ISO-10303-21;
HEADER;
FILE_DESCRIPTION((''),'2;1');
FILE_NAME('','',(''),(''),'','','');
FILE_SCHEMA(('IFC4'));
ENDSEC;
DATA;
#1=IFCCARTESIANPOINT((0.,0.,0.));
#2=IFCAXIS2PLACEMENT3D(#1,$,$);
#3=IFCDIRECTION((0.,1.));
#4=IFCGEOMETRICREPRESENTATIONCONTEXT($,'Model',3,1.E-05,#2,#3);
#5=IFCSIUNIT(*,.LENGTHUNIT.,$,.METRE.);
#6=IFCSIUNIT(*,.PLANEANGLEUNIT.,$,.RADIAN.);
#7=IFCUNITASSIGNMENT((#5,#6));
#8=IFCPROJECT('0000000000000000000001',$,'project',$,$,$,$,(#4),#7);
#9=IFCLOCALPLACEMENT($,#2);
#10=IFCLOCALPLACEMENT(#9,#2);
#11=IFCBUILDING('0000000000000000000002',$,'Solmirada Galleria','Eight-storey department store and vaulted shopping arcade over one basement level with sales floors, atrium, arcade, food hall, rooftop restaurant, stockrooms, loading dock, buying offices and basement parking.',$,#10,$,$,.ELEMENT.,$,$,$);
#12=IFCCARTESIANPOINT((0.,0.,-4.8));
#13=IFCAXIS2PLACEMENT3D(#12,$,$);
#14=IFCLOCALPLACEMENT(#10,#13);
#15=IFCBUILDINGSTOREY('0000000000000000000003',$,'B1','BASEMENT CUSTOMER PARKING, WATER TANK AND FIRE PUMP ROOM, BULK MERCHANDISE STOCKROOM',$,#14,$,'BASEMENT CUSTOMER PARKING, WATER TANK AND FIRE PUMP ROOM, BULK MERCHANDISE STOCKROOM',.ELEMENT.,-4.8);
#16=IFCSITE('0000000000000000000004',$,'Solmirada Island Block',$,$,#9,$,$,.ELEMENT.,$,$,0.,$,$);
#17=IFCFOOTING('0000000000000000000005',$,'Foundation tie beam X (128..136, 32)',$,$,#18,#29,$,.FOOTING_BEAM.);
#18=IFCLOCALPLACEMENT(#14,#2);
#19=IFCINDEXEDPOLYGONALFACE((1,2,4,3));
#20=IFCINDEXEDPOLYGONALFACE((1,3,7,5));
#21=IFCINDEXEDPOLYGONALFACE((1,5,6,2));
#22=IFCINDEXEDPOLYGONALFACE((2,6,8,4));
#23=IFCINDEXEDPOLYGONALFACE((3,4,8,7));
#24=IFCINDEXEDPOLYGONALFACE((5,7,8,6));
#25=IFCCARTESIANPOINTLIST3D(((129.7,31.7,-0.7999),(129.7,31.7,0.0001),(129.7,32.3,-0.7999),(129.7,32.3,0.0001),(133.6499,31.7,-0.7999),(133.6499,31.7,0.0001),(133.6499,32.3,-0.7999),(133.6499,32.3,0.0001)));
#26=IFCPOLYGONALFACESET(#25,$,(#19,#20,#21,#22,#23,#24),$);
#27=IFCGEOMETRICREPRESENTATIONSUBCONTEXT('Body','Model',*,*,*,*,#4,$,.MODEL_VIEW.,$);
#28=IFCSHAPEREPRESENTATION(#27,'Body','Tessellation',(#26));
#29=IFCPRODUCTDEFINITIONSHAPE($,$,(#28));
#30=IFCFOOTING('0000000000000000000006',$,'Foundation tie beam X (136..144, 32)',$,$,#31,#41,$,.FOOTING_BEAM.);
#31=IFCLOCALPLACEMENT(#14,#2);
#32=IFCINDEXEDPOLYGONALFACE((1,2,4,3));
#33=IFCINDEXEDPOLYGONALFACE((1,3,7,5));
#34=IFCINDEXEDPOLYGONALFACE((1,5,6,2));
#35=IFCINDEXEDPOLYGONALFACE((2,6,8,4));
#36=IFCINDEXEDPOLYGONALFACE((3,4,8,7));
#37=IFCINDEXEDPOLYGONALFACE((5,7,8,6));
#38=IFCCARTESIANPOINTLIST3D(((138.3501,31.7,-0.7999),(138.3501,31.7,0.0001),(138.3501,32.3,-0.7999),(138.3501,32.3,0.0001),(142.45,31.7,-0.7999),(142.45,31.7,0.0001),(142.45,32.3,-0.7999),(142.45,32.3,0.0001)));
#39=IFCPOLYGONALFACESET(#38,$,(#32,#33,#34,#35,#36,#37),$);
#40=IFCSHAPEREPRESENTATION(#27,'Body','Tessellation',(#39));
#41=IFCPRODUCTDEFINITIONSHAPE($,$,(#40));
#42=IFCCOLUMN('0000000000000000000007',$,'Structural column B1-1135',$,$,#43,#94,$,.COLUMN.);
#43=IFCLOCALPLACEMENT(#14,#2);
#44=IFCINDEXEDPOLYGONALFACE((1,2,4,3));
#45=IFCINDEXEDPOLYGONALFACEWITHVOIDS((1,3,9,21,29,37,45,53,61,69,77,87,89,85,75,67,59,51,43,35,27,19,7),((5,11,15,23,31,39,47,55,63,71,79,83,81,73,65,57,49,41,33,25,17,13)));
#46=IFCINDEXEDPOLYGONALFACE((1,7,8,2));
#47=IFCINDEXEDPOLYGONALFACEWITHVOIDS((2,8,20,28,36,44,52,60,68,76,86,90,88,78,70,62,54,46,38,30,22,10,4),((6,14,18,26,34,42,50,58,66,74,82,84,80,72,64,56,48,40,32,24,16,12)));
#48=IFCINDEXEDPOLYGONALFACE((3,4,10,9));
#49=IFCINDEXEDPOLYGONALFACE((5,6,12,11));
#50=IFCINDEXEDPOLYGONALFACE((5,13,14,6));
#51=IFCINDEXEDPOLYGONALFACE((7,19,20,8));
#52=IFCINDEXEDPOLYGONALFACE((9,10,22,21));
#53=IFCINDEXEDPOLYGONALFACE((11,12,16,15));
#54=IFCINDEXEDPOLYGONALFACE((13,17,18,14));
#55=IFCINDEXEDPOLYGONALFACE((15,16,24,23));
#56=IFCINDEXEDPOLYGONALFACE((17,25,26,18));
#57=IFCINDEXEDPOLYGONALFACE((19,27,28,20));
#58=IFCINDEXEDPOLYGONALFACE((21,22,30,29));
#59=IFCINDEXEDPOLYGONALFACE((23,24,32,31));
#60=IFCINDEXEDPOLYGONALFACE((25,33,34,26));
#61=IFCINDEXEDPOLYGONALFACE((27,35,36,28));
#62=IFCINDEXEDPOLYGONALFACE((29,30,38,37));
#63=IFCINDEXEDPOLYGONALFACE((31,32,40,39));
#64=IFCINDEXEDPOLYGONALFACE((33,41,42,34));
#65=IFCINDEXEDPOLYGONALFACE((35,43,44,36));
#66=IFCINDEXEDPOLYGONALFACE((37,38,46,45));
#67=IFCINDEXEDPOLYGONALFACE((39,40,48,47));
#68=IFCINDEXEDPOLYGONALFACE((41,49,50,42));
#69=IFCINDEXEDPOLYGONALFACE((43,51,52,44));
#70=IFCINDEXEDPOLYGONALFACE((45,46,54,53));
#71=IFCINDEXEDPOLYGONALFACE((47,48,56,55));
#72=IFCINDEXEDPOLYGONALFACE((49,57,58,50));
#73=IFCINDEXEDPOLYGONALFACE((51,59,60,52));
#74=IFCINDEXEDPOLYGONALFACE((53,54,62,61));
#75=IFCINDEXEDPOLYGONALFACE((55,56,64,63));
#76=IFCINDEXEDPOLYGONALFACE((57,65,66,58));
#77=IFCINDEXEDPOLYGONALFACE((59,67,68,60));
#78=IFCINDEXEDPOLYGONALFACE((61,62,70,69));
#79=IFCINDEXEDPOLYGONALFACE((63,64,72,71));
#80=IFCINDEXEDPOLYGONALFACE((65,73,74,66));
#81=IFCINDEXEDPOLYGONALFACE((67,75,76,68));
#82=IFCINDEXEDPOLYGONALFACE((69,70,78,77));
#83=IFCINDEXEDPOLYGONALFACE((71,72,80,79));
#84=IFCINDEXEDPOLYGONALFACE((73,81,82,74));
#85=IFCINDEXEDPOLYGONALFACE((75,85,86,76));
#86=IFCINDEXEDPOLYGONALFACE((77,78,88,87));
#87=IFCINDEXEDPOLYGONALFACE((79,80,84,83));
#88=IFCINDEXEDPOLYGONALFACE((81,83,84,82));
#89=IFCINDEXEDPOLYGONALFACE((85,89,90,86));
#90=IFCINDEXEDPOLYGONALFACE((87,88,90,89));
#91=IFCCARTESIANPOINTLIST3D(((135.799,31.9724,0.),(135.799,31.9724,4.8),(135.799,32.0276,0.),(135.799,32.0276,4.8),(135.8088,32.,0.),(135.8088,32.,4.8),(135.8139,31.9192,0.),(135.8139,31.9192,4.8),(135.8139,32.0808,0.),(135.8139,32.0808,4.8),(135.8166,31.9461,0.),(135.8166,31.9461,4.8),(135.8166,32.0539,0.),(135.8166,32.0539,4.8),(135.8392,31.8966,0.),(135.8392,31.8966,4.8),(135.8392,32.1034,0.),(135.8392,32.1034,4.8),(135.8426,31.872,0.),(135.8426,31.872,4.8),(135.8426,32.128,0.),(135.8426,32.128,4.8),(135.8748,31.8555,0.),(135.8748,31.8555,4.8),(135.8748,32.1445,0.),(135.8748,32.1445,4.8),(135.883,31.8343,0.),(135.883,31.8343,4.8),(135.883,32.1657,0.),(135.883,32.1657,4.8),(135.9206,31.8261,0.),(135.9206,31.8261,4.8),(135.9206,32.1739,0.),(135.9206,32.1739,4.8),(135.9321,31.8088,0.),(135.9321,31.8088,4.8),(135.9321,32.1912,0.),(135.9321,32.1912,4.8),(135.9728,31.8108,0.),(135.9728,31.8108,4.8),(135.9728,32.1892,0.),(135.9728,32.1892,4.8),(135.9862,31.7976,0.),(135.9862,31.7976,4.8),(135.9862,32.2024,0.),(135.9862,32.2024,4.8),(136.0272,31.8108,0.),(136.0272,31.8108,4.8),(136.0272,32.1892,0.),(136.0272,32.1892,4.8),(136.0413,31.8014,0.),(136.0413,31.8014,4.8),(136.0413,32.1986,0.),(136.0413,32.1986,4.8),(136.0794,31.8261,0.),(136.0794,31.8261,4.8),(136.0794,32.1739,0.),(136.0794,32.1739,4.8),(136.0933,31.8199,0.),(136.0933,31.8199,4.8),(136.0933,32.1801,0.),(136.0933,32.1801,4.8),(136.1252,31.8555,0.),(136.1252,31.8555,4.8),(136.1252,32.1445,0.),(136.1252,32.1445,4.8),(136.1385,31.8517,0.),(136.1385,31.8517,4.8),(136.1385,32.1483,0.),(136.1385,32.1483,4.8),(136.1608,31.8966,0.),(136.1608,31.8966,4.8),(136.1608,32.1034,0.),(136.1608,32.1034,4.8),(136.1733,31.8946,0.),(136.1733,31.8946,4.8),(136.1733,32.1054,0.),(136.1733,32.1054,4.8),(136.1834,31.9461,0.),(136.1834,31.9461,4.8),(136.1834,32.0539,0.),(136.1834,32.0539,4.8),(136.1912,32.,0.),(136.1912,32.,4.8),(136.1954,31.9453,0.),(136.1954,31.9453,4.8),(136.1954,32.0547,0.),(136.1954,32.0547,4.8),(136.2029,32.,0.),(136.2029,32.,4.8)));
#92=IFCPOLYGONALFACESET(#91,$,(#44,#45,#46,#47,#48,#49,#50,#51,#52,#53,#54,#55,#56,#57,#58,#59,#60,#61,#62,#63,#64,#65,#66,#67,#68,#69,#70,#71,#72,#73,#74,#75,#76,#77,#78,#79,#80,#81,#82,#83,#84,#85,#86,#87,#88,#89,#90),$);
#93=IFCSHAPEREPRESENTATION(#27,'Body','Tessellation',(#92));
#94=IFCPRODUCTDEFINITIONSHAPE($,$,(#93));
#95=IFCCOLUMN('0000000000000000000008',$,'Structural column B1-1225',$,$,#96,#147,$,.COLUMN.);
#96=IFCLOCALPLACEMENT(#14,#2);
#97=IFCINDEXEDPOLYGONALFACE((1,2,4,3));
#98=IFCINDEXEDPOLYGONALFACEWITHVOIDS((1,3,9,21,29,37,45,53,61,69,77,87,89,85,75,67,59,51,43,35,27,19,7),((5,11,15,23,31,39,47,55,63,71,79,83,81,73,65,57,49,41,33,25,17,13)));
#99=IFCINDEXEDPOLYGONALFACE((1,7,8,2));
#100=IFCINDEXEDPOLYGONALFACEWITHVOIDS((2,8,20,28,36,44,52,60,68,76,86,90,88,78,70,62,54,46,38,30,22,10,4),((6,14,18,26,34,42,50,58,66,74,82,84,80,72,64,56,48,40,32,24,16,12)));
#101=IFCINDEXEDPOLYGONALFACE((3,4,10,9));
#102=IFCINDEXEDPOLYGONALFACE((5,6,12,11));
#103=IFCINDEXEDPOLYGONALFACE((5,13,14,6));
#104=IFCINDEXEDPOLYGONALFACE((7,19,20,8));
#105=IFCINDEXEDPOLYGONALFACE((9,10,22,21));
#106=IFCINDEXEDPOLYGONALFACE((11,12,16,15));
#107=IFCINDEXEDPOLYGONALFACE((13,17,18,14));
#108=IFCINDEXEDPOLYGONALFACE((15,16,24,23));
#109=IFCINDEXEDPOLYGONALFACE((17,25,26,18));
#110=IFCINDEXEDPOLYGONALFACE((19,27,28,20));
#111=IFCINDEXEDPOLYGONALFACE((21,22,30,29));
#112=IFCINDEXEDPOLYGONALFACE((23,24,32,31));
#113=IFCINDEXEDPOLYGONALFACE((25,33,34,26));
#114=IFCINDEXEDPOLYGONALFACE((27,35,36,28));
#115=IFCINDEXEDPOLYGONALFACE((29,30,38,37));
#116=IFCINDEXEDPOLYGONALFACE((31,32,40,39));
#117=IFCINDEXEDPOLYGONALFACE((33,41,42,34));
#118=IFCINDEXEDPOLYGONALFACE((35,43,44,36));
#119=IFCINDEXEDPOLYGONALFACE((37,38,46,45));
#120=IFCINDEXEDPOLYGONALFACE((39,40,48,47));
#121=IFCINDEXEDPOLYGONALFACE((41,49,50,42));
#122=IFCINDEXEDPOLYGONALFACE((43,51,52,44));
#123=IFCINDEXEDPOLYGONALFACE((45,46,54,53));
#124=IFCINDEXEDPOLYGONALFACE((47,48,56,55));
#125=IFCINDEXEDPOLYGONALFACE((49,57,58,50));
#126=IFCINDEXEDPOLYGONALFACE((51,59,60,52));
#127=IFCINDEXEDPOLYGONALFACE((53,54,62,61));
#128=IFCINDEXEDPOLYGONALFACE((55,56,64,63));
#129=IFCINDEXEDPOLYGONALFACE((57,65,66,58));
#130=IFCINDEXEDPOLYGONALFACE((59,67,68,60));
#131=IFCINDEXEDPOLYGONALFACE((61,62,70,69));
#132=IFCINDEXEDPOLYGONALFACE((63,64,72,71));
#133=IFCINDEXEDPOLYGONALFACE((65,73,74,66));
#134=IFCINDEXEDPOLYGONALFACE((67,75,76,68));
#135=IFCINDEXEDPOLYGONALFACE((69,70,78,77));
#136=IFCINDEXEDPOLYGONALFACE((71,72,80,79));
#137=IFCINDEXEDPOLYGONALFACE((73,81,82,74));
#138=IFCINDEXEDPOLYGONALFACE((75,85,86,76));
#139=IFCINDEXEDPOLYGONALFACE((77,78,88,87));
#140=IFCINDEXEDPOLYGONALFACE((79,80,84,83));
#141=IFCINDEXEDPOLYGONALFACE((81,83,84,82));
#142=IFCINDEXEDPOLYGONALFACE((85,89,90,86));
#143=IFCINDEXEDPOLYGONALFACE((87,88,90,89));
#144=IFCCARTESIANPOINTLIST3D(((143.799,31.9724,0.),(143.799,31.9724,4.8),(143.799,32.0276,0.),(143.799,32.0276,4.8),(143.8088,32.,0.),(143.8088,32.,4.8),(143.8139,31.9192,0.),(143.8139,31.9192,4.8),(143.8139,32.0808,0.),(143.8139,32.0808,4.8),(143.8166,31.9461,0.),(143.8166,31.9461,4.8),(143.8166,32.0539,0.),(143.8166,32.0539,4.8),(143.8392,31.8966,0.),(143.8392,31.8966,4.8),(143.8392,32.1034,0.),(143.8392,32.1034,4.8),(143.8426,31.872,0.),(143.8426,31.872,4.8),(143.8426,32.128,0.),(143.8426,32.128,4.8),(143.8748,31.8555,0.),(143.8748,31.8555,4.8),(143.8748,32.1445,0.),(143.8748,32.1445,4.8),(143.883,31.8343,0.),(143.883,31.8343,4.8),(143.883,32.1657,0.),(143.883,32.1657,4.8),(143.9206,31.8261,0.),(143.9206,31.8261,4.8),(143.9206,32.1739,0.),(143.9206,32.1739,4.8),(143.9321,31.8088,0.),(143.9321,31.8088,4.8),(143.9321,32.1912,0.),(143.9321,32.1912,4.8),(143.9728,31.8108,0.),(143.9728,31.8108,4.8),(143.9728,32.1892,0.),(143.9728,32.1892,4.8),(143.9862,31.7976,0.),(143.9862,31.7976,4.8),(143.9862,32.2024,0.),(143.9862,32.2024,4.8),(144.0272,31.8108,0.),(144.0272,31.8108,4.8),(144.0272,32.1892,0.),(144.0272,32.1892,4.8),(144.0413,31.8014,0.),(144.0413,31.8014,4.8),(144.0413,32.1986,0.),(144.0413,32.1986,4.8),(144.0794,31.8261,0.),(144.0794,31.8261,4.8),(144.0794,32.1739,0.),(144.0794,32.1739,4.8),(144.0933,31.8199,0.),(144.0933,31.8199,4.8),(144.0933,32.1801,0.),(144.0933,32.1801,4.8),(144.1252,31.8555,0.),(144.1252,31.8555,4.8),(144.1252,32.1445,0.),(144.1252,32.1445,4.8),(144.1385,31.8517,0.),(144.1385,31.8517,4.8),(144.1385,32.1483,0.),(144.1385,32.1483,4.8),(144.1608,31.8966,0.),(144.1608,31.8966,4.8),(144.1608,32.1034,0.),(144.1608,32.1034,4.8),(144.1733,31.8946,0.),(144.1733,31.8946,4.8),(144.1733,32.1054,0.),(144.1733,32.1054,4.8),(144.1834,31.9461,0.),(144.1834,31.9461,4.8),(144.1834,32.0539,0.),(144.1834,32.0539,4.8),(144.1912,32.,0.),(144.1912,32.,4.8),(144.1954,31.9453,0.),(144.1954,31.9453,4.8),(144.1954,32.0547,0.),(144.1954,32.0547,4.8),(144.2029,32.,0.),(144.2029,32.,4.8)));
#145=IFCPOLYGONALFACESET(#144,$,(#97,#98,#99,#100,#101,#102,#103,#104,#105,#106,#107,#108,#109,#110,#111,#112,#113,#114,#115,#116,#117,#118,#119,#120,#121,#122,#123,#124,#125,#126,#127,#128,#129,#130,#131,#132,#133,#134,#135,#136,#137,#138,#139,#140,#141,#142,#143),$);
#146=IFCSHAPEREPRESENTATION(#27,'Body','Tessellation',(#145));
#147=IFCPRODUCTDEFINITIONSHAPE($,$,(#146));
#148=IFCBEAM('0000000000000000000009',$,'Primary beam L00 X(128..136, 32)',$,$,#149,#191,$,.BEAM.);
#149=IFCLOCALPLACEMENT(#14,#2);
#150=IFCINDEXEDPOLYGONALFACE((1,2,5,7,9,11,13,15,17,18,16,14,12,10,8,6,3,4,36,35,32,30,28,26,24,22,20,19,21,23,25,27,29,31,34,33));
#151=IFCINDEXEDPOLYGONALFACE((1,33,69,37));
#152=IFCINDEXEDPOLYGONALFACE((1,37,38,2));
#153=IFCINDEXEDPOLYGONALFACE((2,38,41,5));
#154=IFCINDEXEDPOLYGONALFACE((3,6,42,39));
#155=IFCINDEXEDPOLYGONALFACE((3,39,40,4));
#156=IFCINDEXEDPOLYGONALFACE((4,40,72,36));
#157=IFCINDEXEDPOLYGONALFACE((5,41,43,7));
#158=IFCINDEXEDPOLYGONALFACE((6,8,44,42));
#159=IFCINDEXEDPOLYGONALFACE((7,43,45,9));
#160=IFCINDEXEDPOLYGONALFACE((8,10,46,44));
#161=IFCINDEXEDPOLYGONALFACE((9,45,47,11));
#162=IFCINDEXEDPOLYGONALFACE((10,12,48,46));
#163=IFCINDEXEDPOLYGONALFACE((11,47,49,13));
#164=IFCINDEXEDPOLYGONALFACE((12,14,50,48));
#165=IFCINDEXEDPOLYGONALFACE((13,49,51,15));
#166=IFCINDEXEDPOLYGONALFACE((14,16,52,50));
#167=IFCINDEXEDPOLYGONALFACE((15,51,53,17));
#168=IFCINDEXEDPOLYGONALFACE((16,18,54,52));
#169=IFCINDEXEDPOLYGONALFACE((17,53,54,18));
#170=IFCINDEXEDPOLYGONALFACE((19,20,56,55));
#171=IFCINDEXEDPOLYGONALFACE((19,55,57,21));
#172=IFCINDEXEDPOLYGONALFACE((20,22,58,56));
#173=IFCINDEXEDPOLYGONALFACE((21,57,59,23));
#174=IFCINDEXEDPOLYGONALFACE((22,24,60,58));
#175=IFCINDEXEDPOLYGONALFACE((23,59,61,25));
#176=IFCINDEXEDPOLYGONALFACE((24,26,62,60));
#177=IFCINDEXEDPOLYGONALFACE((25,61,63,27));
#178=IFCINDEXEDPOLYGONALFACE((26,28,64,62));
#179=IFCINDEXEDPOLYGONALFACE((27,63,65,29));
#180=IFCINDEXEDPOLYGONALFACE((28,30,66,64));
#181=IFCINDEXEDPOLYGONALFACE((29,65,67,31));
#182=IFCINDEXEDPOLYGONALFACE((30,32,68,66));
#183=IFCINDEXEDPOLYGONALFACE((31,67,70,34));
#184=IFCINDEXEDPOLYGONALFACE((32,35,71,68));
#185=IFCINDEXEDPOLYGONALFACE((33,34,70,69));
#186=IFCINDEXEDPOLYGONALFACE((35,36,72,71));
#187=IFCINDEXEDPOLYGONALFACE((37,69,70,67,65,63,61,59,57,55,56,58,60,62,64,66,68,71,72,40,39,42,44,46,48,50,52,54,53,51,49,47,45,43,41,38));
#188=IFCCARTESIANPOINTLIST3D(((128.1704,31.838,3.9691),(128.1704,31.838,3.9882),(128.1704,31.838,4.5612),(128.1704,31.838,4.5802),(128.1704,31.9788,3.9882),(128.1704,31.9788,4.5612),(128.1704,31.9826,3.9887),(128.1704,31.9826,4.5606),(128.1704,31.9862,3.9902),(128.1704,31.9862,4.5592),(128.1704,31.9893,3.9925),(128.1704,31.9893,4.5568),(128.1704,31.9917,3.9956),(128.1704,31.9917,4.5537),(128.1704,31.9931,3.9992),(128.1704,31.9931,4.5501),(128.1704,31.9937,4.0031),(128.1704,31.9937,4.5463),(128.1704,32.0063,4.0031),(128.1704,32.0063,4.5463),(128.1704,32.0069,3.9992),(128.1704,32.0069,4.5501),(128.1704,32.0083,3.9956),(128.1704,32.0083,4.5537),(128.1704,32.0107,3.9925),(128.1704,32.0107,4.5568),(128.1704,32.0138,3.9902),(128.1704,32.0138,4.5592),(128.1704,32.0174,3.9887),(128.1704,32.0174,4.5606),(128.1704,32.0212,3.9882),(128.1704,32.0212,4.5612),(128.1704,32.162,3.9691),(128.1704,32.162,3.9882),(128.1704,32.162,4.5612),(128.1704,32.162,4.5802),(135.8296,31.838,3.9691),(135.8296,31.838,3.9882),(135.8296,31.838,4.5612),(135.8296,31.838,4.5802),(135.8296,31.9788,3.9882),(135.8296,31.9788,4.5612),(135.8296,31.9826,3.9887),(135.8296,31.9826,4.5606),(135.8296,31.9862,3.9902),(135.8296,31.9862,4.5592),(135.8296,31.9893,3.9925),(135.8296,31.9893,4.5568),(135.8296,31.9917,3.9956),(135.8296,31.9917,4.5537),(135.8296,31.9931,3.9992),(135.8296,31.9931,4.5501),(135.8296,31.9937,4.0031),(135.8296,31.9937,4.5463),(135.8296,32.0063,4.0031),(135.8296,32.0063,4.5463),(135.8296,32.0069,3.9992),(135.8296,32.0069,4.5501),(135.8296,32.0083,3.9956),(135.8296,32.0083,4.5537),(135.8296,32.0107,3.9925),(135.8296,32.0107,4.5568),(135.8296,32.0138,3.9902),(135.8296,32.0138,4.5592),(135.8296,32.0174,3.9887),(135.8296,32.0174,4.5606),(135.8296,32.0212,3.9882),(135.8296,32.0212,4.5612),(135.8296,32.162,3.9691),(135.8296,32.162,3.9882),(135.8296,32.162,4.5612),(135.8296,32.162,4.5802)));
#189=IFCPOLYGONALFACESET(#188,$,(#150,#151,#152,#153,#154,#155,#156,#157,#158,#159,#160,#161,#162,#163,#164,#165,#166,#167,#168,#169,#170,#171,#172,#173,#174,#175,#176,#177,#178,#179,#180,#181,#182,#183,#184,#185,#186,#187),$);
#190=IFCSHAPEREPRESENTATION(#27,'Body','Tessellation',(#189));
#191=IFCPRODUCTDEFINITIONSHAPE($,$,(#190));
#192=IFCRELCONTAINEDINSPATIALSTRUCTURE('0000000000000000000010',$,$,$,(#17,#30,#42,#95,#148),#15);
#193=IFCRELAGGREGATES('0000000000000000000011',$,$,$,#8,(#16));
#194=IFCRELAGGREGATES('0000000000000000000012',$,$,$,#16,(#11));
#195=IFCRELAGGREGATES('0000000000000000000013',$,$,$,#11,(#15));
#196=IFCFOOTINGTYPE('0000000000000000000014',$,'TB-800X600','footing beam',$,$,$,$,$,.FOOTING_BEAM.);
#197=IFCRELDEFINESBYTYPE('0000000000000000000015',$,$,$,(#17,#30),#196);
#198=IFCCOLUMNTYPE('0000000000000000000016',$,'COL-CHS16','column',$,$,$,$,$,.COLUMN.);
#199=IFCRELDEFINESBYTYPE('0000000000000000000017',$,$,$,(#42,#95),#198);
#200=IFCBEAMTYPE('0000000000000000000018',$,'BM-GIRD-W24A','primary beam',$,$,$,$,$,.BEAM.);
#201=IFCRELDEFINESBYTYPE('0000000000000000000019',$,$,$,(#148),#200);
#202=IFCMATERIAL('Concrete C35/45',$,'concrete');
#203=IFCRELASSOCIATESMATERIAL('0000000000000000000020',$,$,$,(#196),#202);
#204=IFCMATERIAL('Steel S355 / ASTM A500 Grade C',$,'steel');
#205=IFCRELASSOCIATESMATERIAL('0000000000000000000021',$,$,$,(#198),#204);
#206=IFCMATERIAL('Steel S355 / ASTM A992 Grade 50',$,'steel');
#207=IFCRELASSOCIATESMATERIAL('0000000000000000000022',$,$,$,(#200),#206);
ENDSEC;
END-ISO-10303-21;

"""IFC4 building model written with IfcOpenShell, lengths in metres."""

from ifc_helpers import new_model, si_unit, direction, frame, origin, origin_2d, place, context, subcontext, project, spatial, rectangle, hollow_circle, i_section, extrude, material, material_profile, profile_set, type_object, element, save


model = new_model("IFC4")

# Units and contexts
model_context = context("Model", 3, precision=1e-05, world=origin(), true_north=direction((0.0, 1.0)))
body_context = subcontext(model_context, "Body", "Model", "MODEL_VIEW")
ifc_project = project(units=[si_unit("LENGTHUNIT", "METRE"), si_unit("PLANEANGLEUNIT", "RADIAN")], contexts=[model_context])

# Site, building, storey
site_placement = place(None, origin())
site = spatial("IfcSite", under=ifc_project, at=site_placement, Name="Solmirada Island Block", CompositionType="ELEMENT", RefElevation=0.0)
building_placement = place(site_placement, origin())
building = spatial("IfcBuilding", under=site, at=building_placement, Name="Solmirada Galleria", Description="Eight-storey department store and vaulted shopping arcade over one basement level with sales floors, atrium, arcade, food hall, rooftop restaurant, stockrooms, loading dock, buying offices and basement parking.", CompositionType="ELEMENT")
storey_placement = place(building_placement, frame((0.0, 0.0, -4.8)))
storey = spatial("IfcBuildingStorey", under=building, at=storey_placement, Name="B1", Description="BASEMENT CUSTOMER PARKING, WATER TANK AND FIRE PUMP ROOM, BULK MERCHANDISE STOCKROOM", LongName="BASEMENT CUSTOMER PARKING, WATER TANK AND FIRE PUMP ROOM, BULK MERCHANDISE STOCKROOM", CompositionType="ELEMENT", Elevation=-4.8)

# Shared definitions
ifc_material_1 = material(Name="Concrete C35/45", Category="concrete")

# Footings
ifc_material_profile_1 = material_profile(ifc_material_1, rectangle(XDim=0.6001, YDim=0.8, at=origin_2d()), Name="RC800X600")
ifc_profile_set_1 = profile_set([ifc_material_profile_1], Name="Concrete C35/45")
footing_type_1 = type_object("IfcFootingType", Name="TB-800X600", Description="footing beam", PredefinedType="FOOTING_BEAM", material=ifc_profile_set_1)
footing_1_placement = place(storey_placement, frame((129.7, 32.0, -0.3999), z_axis=(1.0, 0.0, 0.0), x_axis=(0.0, 1.0, 0.0)))
element("IfcFooting", 1, at=footing_1_placement, inside=storey, type_object=footing_type_1, Name="Foundation tie beam X (128..136, 32)", PredefinedType="FOOTING_BEAM", context=body_context, shape_type="SweptSolid", body=[
    extrude(rectangle(XDim=0.6001, YDim=0.8, at=origin_2d()), origin(), (0.0, 0.0, 1.0), 3.95),
])
footing_2_placement = place(storey_placement, frame((138.3501, 32.0, -0.3999), z_axis=(1.0, 0.0, 0.0), x_axis=(0.0, 1.0, 0.0)))
element("IfcFooting", 2, at=footing_2_placement, inside=storey, type_object=footing_type_1, Name="Foundation tie beam X (136..144, 32)", PredefinedType="FOOTING_BEAM", context=body_context, shape_type="SweptSolid", body=[
    extrude(rectangle(XDim=0.6001, YDim=0.8, at=origin_2d()), origin(), (0.0, 0.0, 1.0), 4.0999),
])

# Columns
ifc_material_2 = material(Name="Steel S355 / ASTM A500 Grade C", Category="steel")
ifc_material_profile_2 = material_profile(ifc_material_2, hollow_circle(Radius=0.2029, WallThickness=0.0117, at=origin_2d()), Name="HSS16.000X0.500")
ifc_profile_set_2 = profile_set([ifc_material_profile_2], Name="Steel S355 / ASTM A500 Grade C")
column_type = type_object("IfcColumnType", Name="COL-CHS16", Description="column", PredefinedType="COLUMN", material=ifc_profile_set_2)
for number, where, z_axis, x_axis, name in (
    (3, (136.0, 32.0, 0.0), (0.0, 0.0, 1.0), (1.0, 0.0, 0.0), "Structural column B1-1135"),
    (4, (144.0, 32.0, 0.0), (0.0, 0.0, 1.0), (1.0, 0.0, 0.0), "Structural column B1-1225"),
):
    element("IfcColumn", number, at=place(storey_placement, frame(where, z_axis=z_axis, x_axis=x_axis)), inside=storey, type_object=column_type, Name=name, PredefinedType="COLUMN", context=body_context, shape_type="SweptSolid", body=[
        extrude(hollow_circle(Radius=0.2029, WallThickness=0.0117, at=origin_2d()), origin(), (0.0, 0.0, 1.0), 4.8),
    ])

# Beam
ifc_material_3 = material(Name="Steel S355 / ASTM A992 Grade 50", Category="steel")
ifc_material_profile_3 = material_profile(ifc_material_3, i_section(OverallWidth=0.324, OverallDepth=0.6111, WebThickness=0.0127, FlangeThickness=0.019, FilletRadius=0.0149, at=origin_2d()), Name="W24X104")
ifc_profile_set_3 = profile_set([ifc_material_profile_3], Name="Steel S355 / ASTM A992 Grade 50")
beam_type_1 = type_object("IfcBeamType", Name="BM-GIRD-W24A", Description="primary beam", PredefinedType="BEAM", material=ifc_profile_set_3)
for number, where, z_axis, x_axis, name in (
    (5, (128.1704, 32.0, 4.2747), (1.0, 0.0, 0.0), (0.0, 1.0, 0.0), "Primary beam L00 X(128..136, 32)"),
):
    element("IfcBeam", number, at=place(storey_placement, frame(where, z_axis=z_axis, x_axis=x_axis)), inside=storey, type_object=beam_type_1, Name=name, PredefinedType="BEAM", context=body_context, shape_type="SweptSolid", body=[
        extrude(i_section(OverallWidth=0.324, OverallDepth=0.6111, WebThickness=0.0127, FlangeThickness=0.019, FilletRadius=0.0149, at=origin_2d()), origin(), (0.0, 0.0, 1.0), 7.6592),
    ])

save(model, "model.ifc")
